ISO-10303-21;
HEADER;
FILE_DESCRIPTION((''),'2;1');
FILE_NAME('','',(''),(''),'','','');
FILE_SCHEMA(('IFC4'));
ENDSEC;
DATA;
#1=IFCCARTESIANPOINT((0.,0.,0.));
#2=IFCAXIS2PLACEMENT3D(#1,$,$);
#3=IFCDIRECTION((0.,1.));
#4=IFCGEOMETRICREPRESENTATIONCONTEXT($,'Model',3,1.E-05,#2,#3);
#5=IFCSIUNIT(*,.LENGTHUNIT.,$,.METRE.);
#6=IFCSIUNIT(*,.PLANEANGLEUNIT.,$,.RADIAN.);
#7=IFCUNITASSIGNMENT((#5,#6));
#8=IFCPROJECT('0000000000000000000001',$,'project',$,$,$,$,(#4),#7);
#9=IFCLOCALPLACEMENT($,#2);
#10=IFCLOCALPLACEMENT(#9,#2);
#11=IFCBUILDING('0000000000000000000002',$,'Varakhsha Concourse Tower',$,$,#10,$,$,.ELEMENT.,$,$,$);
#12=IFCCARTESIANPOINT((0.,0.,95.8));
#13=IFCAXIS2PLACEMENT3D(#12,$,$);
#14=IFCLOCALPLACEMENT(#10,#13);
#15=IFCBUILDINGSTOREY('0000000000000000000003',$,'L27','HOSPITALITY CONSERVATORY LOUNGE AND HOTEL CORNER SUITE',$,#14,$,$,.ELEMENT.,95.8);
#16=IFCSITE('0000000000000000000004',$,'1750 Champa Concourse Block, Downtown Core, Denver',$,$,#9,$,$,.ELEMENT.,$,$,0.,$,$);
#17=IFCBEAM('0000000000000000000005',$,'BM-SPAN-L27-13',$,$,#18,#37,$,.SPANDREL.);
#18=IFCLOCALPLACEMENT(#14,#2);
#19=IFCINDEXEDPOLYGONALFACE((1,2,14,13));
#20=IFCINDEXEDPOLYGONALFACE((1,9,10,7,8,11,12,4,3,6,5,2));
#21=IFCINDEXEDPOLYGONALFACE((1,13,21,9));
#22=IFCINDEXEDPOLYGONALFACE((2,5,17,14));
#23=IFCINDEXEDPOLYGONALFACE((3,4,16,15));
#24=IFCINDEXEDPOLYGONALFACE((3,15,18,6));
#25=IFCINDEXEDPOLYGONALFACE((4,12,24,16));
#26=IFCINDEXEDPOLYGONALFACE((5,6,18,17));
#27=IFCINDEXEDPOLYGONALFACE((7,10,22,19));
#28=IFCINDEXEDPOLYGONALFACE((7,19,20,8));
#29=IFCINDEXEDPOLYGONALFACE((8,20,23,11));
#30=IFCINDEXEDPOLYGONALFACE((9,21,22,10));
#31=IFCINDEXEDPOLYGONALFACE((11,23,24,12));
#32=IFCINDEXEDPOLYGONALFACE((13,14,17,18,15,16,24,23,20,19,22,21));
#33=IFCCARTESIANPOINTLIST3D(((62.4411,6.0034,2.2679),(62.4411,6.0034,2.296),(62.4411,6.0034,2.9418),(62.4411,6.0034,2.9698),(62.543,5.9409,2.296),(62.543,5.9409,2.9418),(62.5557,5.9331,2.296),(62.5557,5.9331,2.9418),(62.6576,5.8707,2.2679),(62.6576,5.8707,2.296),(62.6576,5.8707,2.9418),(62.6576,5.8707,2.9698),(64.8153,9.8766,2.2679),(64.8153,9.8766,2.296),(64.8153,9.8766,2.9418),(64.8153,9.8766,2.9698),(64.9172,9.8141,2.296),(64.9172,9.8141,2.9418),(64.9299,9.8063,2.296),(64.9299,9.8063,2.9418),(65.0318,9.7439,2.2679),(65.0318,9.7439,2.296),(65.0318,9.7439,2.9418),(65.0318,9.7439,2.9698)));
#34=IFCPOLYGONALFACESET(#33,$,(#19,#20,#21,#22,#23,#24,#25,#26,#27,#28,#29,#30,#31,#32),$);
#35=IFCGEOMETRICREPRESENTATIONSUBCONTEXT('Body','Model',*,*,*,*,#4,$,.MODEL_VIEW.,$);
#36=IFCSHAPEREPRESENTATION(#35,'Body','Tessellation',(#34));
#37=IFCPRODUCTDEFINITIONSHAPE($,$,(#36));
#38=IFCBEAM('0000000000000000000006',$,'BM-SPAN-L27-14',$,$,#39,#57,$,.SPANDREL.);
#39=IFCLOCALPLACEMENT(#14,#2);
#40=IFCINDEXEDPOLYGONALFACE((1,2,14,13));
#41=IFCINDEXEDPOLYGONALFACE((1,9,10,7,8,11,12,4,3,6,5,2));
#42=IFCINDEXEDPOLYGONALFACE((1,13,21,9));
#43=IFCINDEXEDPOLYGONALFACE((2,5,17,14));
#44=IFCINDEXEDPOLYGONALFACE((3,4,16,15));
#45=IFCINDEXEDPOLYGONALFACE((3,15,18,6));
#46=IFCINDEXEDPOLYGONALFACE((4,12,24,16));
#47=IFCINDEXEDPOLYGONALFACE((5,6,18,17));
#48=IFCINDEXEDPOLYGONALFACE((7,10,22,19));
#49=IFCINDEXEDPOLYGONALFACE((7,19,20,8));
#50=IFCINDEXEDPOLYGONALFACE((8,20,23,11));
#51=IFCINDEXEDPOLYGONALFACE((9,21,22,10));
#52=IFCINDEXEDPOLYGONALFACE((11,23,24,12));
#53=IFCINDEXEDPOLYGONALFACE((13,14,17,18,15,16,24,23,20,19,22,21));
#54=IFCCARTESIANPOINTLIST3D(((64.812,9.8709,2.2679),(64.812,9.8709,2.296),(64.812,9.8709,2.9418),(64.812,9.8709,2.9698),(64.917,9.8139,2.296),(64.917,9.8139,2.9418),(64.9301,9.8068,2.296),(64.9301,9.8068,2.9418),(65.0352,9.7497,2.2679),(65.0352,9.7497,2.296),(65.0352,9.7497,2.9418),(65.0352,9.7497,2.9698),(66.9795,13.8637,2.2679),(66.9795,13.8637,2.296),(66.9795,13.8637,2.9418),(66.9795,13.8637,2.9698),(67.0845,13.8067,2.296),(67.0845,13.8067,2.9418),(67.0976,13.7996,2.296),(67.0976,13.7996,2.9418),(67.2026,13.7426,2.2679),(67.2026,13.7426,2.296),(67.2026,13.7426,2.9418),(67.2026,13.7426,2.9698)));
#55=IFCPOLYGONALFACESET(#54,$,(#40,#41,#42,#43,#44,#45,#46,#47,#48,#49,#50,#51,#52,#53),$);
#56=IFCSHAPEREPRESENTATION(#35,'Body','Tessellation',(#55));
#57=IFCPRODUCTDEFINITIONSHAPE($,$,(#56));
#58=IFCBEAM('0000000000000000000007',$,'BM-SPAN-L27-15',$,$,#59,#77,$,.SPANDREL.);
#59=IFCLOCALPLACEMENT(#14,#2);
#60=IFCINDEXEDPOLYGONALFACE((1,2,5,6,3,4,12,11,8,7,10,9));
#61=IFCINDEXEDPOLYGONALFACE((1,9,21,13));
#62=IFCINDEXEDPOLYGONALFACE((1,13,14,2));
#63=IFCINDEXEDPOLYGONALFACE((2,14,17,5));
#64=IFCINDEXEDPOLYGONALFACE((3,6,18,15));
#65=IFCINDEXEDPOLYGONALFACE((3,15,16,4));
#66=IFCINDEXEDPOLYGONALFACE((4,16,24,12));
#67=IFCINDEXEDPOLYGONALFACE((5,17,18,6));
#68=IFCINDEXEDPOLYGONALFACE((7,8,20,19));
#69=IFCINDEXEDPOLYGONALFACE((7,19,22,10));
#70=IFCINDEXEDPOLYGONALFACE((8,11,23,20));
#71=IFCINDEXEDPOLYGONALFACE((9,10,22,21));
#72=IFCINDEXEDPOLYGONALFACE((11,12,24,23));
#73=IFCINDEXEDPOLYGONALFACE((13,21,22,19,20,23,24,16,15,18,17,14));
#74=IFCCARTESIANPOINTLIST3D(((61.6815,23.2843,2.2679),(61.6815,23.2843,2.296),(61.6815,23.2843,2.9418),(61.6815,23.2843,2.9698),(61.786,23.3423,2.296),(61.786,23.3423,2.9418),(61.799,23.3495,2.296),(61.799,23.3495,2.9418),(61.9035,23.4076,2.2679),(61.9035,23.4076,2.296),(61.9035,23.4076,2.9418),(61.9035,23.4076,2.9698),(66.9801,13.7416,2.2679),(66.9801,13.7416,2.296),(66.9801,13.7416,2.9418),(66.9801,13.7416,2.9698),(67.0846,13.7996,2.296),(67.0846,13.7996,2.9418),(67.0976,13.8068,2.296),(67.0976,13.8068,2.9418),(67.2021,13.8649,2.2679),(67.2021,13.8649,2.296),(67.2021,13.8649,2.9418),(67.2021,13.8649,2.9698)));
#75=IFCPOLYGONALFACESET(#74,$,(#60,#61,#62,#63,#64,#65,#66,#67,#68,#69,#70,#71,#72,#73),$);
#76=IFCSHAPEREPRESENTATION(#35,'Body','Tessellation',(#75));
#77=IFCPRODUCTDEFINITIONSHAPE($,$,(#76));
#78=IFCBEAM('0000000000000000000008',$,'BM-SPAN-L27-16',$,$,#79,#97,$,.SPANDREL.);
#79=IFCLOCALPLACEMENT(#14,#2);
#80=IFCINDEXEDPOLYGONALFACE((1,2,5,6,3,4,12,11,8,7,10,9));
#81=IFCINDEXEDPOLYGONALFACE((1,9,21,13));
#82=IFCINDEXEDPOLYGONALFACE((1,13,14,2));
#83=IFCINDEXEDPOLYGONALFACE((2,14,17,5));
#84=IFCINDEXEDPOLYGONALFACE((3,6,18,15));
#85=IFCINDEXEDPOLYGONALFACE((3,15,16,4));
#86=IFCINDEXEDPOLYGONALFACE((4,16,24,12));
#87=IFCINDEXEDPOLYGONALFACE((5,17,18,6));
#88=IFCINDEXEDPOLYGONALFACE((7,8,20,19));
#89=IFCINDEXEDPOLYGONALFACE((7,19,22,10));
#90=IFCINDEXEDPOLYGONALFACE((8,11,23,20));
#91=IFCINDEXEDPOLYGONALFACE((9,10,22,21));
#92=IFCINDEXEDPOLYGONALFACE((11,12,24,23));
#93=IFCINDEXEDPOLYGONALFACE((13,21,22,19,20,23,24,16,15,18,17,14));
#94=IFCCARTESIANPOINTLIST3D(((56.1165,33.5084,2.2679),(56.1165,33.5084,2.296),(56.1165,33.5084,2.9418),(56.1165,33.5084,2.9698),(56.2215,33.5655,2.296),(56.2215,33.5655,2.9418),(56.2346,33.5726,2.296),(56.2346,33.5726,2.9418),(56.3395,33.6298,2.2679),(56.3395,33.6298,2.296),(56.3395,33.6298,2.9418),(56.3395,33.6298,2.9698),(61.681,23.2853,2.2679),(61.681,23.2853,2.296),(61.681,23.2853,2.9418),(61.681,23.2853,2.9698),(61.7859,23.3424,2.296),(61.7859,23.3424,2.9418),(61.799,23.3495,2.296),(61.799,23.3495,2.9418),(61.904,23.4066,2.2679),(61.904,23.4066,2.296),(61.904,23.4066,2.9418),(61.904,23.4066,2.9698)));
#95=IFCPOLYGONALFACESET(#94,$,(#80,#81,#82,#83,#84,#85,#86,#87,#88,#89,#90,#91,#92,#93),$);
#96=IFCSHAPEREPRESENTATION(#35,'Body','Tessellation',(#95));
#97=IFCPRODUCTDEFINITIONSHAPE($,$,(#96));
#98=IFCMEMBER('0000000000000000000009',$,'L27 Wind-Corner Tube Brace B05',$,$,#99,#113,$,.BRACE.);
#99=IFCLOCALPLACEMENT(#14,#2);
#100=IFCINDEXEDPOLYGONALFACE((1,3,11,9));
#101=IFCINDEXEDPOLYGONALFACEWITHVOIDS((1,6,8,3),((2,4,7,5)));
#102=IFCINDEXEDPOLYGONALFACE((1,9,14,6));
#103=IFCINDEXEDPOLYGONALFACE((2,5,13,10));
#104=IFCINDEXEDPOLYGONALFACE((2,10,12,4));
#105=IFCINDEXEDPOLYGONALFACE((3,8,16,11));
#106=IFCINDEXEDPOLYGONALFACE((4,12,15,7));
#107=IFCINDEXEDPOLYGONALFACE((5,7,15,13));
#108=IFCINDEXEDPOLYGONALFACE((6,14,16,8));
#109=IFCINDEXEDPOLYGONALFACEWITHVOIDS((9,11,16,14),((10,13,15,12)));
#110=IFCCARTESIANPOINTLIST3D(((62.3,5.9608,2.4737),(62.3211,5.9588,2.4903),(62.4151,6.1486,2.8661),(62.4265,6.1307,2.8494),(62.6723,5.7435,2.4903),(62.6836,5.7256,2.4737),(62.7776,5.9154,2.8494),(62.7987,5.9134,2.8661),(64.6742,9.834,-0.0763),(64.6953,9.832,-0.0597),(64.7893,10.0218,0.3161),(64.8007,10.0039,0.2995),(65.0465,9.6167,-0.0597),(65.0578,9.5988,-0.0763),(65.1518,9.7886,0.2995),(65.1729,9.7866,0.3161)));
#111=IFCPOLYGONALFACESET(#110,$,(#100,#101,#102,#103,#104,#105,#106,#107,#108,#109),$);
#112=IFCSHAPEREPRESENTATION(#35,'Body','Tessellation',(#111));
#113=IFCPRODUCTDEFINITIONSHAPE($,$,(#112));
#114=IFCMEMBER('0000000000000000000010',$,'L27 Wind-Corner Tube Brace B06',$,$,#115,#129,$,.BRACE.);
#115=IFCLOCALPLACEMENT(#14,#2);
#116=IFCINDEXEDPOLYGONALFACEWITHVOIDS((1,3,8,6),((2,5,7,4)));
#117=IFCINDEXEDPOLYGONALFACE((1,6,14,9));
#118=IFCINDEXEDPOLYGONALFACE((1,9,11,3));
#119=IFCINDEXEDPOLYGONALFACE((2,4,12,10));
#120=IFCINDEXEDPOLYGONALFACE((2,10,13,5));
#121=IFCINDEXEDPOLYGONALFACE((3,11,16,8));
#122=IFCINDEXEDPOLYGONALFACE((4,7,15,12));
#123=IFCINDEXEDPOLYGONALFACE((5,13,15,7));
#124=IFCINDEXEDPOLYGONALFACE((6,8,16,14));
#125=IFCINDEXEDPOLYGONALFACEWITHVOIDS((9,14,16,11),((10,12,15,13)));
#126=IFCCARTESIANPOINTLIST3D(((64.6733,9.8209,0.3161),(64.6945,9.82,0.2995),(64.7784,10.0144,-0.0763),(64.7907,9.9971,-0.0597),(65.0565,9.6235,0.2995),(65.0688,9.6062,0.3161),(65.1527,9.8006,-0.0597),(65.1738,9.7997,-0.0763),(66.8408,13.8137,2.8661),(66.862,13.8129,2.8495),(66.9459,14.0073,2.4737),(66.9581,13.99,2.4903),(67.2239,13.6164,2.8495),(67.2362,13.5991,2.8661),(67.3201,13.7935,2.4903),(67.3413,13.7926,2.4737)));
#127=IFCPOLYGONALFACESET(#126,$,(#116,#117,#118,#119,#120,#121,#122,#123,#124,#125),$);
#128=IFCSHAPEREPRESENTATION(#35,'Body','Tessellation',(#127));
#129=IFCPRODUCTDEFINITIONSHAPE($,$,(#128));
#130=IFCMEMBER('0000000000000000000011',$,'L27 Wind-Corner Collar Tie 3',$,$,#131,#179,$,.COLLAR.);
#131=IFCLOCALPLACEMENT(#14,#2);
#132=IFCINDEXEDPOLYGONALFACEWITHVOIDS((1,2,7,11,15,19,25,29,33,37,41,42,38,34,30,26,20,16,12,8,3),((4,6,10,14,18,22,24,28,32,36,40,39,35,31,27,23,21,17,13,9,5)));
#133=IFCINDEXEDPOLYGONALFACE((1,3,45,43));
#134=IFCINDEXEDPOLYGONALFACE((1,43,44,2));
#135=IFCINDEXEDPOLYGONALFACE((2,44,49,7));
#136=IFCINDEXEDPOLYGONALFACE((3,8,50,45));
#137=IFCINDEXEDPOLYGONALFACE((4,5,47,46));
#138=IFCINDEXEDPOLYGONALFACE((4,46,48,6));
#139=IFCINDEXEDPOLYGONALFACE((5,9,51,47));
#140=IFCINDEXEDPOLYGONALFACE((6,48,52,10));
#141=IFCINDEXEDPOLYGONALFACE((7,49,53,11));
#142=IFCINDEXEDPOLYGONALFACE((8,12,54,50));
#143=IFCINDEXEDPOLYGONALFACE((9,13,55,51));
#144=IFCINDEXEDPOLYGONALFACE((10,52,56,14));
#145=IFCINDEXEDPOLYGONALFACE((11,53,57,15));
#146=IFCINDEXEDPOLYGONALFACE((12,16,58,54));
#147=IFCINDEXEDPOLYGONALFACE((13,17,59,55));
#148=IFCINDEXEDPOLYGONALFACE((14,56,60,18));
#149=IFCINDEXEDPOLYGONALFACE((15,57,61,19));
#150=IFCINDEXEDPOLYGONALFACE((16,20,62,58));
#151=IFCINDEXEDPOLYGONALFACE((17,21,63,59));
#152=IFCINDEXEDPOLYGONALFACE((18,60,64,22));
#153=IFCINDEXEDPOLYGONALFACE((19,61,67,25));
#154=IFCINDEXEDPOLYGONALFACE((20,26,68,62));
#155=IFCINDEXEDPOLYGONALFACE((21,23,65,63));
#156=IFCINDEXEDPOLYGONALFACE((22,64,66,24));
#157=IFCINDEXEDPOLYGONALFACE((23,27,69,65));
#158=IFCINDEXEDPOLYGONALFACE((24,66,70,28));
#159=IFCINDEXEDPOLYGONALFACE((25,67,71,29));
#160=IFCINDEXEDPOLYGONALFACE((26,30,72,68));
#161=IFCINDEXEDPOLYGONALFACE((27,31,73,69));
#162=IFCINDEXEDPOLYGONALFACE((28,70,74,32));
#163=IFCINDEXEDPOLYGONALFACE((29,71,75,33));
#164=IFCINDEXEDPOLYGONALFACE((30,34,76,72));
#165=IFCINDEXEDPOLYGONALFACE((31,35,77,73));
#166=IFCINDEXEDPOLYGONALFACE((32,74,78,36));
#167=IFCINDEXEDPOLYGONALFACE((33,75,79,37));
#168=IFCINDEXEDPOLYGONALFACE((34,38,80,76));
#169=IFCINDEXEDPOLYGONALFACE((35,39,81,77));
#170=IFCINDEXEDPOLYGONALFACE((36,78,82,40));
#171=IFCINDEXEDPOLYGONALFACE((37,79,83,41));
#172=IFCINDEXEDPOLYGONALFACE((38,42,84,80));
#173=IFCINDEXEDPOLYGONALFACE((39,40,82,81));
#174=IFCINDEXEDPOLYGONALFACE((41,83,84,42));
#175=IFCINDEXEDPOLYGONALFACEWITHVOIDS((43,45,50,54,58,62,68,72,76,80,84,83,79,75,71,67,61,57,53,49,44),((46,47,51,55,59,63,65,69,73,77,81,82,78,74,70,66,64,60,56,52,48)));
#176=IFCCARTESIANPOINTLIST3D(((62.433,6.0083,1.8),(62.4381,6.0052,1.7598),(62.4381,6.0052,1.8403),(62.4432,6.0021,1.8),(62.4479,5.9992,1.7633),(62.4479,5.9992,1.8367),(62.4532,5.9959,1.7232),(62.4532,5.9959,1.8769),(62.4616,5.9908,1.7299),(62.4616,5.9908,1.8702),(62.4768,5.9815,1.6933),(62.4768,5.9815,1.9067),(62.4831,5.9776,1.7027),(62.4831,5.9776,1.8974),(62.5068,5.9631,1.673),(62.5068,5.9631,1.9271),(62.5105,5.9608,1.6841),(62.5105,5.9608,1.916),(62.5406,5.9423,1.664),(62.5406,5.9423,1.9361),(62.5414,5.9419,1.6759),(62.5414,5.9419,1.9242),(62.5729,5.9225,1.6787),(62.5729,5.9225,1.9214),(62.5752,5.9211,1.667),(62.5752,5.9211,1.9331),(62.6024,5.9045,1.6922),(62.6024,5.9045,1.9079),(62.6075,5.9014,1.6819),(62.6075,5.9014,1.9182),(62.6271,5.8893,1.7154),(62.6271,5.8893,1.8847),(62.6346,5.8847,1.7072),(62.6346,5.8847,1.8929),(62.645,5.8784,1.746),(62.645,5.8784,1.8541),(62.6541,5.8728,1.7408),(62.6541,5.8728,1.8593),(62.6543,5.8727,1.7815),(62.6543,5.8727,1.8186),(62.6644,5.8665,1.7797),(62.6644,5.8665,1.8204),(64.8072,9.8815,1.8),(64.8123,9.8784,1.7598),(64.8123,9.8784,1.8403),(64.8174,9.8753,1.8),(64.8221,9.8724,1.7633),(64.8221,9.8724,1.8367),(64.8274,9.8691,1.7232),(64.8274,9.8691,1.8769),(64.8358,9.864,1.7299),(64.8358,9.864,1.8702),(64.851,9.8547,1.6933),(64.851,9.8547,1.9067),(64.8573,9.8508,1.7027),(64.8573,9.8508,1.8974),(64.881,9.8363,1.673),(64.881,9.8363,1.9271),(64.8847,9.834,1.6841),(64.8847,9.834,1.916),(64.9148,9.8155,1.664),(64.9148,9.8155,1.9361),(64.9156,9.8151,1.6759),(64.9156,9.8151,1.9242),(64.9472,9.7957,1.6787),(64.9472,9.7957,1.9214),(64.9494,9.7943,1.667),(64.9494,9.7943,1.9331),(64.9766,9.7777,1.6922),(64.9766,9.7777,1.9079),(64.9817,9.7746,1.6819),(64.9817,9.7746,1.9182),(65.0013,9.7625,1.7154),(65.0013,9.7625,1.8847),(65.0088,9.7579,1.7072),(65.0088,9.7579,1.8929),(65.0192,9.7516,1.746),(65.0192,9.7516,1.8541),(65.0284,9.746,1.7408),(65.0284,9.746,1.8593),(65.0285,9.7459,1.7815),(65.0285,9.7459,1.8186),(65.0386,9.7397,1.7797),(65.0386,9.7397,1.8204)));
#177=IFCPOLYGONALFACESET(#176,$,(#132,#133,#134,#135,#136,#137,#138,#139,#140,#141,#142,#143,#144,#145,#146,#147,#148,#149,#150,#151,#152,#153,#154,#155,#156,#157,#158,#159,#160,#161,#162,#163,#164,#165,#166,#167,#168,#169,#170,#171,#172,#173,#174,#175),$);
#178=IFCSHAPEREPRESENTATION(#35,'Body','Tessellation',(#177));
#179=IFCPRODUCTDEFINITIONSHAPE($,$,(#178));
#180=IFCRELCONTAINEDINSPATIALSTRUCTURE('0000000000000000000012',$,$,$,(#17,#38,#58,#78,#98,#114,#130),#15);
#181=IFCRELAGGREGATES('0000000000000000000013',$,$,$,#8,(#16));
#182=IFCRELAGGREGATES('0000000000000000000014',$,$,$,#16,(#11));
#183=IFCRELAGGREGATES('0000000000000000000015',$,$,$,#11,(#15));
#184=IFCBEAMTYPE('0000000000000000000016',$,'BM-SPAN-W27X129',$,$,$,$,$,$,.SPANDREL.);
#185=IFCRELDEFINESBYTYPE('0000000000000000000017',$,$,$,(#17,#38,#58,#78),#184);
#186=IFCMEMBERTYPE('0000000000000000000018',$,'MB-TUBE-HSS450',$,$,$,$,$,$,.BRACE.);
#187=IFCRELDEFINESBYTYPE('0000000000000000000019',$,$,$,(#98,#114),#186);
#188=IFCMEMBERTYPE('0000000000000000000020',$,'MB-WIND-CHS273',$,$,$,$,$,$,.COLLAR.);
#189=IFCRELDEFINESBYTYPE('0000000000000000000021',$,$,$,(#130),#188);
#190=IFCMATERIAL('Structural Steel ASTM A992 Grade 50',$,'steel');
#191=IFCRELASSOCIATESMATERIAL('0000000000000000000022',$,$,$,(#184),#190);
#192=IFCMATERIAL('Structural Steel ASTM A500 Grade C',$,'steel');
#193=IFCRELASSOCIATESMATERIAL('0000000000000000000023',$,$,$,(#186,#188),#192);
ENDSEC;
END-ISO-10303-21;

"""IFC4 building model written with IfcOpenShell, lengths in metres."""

from ifc_helpers import new_model, si_unit, direction, frame, origin, origin_2d, place, context, subcontext, project, spatial, hollow_rectangle, hollow_circle, i_section, extrude, source, transform, mapped, material, material_profile, profile_set, type_object, type_shapes, element, save


model = new_model("IFC4")

# Units and contexts
model_context = context("Model", 3, precision=1e-05, world=origin(), true_north=direction((0.0, 1.0)))
body_context = subcontext(model_context, "Body", "Model", "MODEL_VIEW")
ifc_project = project(units=[si_unit("LENGTHUNIT", "METRE"), si_unit("PLANEANGLEUNIT", "RADIAN")], contexts=[model_context])

# Site, building, storey
site_placement = place(None, origin())
site = spatial("IfcSite", under=ifc_project, at=site_placement, Name="1750 Champa Concourse Block, Downtown Core, Denver", CompositionType="ELEMENT", RefElevation=0.0)
building_placement = place(site_placement, origin())
building = spatial("IfcBuilding", under=site, at=building_placement, Name="Varakhsha Concourse Tower", CompositionType="ELEMENT")
storey_placement = place(building_placement, frame((0.0, 0.0, 95.8)))
storey = spatial("IfcBuildingStorey", under=building, at=storey_placement, Name="L27", Description="HOSPITALITY CONSERVATORY LOUNGE AND HOTEL CORNER SUITE", CompositionType="ELEMENT", Elevation=95.8)

# Beams
ifc_material_1 = material(Name="Structural Steel ASTM A992 Grade 50", Category="steel")
ifc_material_profile_1 = material_profile(ifc_material_1, i_section(OverallWidth=0.2539, OverallDepth=0.7019, WebThickness=0.0149, FlangeThickness=0.0281, at=origin_2d()), Name="W27X129")
ifc_profile_set_1 = profile_set([ifc_material_profile_1], Name="Structural Steel ASTM A992 Grade 50")
beam_type_1 = type_object("IfcBeamType", Name="BM-SPAN-W27X129", PredefinedType="SPANDREL", material=ifc_profile_set_1)
beam_1_placement = place(storey_placement, frame((62.5493, 5.937, 2.6189), z_axis=(0.522612, 0.85257, 0.0), x_axis=(-0.85257, 0.522612, 0.0)))
element("IfcBeam", 1, at=beam_1_placement, inside=storey, type_object=beam_type_1, Name="BM-SPAN-L27-13", PredefinedType="SPANDREL", context=body_context, shape_type="SweptSolid", body=[
    extrude(i_section(OverallWidth=0.2539, OverallDepth=0.7019, WebThickness=0.0149, FlangeThickness=0.0281, at=origin_2d()), origin(), (0.0, 0.0, 1.0), 4.543),
])
beam_2_placement = place(storey_placement, frame((64.9236, 9.8103, 2.6189), z_axis=(0.477074, 0.878863, 0.0), x_axis=(-0.878863, 0.477074, 0.0)))
element("IfcBeam", 2, at=beam_2_placement, inside=storey, type_object=beam_type_1, Name="BM-SPAN-L27-14", PredefinedType="SPANDREL", context=body_context, shape_type="SweptSolid", body=[
    extrude(i_section(OverallWidth=0.2539, OverallDepth=0.7019, WebThickness=0.0149, FlangeThickness=0.0281, at=origin_2d()), origin(), (0.0, 0.0, 1.0), 4.5432),
])
beam_3_placement = place(storey_placement, frame((67.0911, 13.8032, 2.6189), z_axis=(-0.485438, 0.874271, 0.0), x_axis=(-0.874271, -0.485438, 0.0)))
element("IfcBeam", 3, at=beam_3_placement, inside=storey, type_object=beam_type_1, Name="BM-SPAN-L27-15", PredefinedType="SPANDREL", context=body_context, shape_type="SweptSolid", body=[
    extrude(i_section(OverallWidth=0.2539, OverallDepth=0.7019, WebThickness=0.0149, FlangeThickness=0.0281, at=origin_2d()), origin(), (0.0, 0.0, 1.0), 10.915),
])
beam_4_placement = place(storey_placement, frame((61.7925, 23.3459, 2.6189), z_axis=(-0.47807, 0.878322, 0.0), x_axis=(-0.878322, -0.47807, 0.0)))
element("IfcBeam", 4, at=beam_4_placement, inside=storey, type_object=beam_type_1, Name="BM-SPAN-L27-16", PredefinedType="SPANDREL", context=body_context, shape_type="SweptSolid", body=[
    extrude(i_section(OverallWidth=0.2539, OverallDepth=0.7019, WebThickness=0.0149, FlangeThickness=0.0281, at=origin_2d()), origin(), (0.0, 0.0, 1.0), 11.6394),
])

# Members
ifc_material_2 = material(Name="Structural Steel ASTM A500 Grade C", Category="steel")
ifc_material_profile_2 = material_profile(ifc_material_2, hollow_rectangle(XDim=0.45, YDim=0.45, WallThickness=0.019, at=origin_2d()), Name="HSS 450x450x19")
ifc_profile_set_2 = profile_set([ifc_material_profile_2], Name="Structural Steel ASTM A500 Grade C")
member_type_1 = type_object("IfcMemberType", Name="MB-TUBE-HSS450", PredefinedType="BRACE", material=ifc_profile_set_2)
shared_shape_1 = source(origin(), body_context, "Body", "SweptSolid", [
    extrude(hollow_rectangle(XDim=0.45, YDim=0.45, WallThickness=0.019, at=origin_2d()), origin(), (0.0, 0.0, 1.0), 5.2097),
])
member_1_placement = place(storey_placement, frame((64.9236, 9.8103, 0.1199), z_axis=(-0.455729, -0.743459, 0.489469), x_axis=(0.85257, -0.522612, 0.0)))
element("IfcMember", 5, at=member_1_placement, inside=storey, type_object=member_type_1, Name="L27 Wind-Corner Tube Brace B05", PredefinedType="BRACE", context=body_context, shape_type="MappedRepresentation", body=[
    mapped(shared_shape_1, transform((0.0, 0.0, 0.0), scale=1.0)),
])
shared_shape_2 = source(origin(), body_context, "Body", "SweptSolid", [
    extrude(hollow_rectangle(XDim=0.45, YDim=0.45, WallThickness=0.019, at=origin_2d()), origin(), (0.0, 0.0, 1.0), 5.21),
])
type_shapes(member_type_1, [shared_shape_1, shared_shape_2])
member_2_placement = place(storey_placement, frame((64.9236, 9.8103, 0.1199), z_axis=(0.416023, 0.766395, 0.489452), x_axis=(-0.878863, 0.477074, 0.0)))
element("IfcMember", 6, at=member_2_placement, inside=storey, type_object=member_type_1, Name="L27 Wind-Corner Tube Brace B06", PredefinedType="BRACE", context=body_context, shape_type="MappedRepresentation", body=[
    mapped(shared_shape_2, transform((0.0, 0.0, 0.0), scale=1.0)),
])
ifc_material_profile_3 = material_profile(ifc_material_2, hollow_circle(Radius=0.1365, WallThickness=0.012, at=origin_2d()), Name="CHS 273x12")
ifc_profile_set_3 = profile_set([ifc_material_profile_3], Name="Structural Steel ASTM A500 Grade C")
member_type_2 = type_object("IfcMemberType", Name="MB-WIND-CHS273", PredefinedType="COLLAR", material=ifc_profile_set_3)
shared_shape_3 = source(origin(), body_context, "Body", "SweptSolid", [
    extrude(hollow_circle(Radius=0.1365, WallThickness=0.012, at=origin_2d()), origin(), (0.0, 0.0, 1.0), 4.543),
])
type_shapes(member_type_2, [shared_shape_3])
member_3_placement = place(storey_placement, frame((62.5493, 5.937, 1.8), z_axis=(0.522612, 0.85257, 0.0), x_axis=(-0.85257, 0.522612, 0.0)))
element("IfcMember", 7, at=member_3_placement, inside=storey, type_object=member_type_2, Name="L27 Wind-Corner Collar Tie 3", PredefinedType="COLLAR", context=body_context, shape_type="MappedRepresentation", body=[
    mapped(shared_shape_3, transform((0.0, 0.0, 0.0), scale=1.0)),
])

save(model, "model.ifc")
